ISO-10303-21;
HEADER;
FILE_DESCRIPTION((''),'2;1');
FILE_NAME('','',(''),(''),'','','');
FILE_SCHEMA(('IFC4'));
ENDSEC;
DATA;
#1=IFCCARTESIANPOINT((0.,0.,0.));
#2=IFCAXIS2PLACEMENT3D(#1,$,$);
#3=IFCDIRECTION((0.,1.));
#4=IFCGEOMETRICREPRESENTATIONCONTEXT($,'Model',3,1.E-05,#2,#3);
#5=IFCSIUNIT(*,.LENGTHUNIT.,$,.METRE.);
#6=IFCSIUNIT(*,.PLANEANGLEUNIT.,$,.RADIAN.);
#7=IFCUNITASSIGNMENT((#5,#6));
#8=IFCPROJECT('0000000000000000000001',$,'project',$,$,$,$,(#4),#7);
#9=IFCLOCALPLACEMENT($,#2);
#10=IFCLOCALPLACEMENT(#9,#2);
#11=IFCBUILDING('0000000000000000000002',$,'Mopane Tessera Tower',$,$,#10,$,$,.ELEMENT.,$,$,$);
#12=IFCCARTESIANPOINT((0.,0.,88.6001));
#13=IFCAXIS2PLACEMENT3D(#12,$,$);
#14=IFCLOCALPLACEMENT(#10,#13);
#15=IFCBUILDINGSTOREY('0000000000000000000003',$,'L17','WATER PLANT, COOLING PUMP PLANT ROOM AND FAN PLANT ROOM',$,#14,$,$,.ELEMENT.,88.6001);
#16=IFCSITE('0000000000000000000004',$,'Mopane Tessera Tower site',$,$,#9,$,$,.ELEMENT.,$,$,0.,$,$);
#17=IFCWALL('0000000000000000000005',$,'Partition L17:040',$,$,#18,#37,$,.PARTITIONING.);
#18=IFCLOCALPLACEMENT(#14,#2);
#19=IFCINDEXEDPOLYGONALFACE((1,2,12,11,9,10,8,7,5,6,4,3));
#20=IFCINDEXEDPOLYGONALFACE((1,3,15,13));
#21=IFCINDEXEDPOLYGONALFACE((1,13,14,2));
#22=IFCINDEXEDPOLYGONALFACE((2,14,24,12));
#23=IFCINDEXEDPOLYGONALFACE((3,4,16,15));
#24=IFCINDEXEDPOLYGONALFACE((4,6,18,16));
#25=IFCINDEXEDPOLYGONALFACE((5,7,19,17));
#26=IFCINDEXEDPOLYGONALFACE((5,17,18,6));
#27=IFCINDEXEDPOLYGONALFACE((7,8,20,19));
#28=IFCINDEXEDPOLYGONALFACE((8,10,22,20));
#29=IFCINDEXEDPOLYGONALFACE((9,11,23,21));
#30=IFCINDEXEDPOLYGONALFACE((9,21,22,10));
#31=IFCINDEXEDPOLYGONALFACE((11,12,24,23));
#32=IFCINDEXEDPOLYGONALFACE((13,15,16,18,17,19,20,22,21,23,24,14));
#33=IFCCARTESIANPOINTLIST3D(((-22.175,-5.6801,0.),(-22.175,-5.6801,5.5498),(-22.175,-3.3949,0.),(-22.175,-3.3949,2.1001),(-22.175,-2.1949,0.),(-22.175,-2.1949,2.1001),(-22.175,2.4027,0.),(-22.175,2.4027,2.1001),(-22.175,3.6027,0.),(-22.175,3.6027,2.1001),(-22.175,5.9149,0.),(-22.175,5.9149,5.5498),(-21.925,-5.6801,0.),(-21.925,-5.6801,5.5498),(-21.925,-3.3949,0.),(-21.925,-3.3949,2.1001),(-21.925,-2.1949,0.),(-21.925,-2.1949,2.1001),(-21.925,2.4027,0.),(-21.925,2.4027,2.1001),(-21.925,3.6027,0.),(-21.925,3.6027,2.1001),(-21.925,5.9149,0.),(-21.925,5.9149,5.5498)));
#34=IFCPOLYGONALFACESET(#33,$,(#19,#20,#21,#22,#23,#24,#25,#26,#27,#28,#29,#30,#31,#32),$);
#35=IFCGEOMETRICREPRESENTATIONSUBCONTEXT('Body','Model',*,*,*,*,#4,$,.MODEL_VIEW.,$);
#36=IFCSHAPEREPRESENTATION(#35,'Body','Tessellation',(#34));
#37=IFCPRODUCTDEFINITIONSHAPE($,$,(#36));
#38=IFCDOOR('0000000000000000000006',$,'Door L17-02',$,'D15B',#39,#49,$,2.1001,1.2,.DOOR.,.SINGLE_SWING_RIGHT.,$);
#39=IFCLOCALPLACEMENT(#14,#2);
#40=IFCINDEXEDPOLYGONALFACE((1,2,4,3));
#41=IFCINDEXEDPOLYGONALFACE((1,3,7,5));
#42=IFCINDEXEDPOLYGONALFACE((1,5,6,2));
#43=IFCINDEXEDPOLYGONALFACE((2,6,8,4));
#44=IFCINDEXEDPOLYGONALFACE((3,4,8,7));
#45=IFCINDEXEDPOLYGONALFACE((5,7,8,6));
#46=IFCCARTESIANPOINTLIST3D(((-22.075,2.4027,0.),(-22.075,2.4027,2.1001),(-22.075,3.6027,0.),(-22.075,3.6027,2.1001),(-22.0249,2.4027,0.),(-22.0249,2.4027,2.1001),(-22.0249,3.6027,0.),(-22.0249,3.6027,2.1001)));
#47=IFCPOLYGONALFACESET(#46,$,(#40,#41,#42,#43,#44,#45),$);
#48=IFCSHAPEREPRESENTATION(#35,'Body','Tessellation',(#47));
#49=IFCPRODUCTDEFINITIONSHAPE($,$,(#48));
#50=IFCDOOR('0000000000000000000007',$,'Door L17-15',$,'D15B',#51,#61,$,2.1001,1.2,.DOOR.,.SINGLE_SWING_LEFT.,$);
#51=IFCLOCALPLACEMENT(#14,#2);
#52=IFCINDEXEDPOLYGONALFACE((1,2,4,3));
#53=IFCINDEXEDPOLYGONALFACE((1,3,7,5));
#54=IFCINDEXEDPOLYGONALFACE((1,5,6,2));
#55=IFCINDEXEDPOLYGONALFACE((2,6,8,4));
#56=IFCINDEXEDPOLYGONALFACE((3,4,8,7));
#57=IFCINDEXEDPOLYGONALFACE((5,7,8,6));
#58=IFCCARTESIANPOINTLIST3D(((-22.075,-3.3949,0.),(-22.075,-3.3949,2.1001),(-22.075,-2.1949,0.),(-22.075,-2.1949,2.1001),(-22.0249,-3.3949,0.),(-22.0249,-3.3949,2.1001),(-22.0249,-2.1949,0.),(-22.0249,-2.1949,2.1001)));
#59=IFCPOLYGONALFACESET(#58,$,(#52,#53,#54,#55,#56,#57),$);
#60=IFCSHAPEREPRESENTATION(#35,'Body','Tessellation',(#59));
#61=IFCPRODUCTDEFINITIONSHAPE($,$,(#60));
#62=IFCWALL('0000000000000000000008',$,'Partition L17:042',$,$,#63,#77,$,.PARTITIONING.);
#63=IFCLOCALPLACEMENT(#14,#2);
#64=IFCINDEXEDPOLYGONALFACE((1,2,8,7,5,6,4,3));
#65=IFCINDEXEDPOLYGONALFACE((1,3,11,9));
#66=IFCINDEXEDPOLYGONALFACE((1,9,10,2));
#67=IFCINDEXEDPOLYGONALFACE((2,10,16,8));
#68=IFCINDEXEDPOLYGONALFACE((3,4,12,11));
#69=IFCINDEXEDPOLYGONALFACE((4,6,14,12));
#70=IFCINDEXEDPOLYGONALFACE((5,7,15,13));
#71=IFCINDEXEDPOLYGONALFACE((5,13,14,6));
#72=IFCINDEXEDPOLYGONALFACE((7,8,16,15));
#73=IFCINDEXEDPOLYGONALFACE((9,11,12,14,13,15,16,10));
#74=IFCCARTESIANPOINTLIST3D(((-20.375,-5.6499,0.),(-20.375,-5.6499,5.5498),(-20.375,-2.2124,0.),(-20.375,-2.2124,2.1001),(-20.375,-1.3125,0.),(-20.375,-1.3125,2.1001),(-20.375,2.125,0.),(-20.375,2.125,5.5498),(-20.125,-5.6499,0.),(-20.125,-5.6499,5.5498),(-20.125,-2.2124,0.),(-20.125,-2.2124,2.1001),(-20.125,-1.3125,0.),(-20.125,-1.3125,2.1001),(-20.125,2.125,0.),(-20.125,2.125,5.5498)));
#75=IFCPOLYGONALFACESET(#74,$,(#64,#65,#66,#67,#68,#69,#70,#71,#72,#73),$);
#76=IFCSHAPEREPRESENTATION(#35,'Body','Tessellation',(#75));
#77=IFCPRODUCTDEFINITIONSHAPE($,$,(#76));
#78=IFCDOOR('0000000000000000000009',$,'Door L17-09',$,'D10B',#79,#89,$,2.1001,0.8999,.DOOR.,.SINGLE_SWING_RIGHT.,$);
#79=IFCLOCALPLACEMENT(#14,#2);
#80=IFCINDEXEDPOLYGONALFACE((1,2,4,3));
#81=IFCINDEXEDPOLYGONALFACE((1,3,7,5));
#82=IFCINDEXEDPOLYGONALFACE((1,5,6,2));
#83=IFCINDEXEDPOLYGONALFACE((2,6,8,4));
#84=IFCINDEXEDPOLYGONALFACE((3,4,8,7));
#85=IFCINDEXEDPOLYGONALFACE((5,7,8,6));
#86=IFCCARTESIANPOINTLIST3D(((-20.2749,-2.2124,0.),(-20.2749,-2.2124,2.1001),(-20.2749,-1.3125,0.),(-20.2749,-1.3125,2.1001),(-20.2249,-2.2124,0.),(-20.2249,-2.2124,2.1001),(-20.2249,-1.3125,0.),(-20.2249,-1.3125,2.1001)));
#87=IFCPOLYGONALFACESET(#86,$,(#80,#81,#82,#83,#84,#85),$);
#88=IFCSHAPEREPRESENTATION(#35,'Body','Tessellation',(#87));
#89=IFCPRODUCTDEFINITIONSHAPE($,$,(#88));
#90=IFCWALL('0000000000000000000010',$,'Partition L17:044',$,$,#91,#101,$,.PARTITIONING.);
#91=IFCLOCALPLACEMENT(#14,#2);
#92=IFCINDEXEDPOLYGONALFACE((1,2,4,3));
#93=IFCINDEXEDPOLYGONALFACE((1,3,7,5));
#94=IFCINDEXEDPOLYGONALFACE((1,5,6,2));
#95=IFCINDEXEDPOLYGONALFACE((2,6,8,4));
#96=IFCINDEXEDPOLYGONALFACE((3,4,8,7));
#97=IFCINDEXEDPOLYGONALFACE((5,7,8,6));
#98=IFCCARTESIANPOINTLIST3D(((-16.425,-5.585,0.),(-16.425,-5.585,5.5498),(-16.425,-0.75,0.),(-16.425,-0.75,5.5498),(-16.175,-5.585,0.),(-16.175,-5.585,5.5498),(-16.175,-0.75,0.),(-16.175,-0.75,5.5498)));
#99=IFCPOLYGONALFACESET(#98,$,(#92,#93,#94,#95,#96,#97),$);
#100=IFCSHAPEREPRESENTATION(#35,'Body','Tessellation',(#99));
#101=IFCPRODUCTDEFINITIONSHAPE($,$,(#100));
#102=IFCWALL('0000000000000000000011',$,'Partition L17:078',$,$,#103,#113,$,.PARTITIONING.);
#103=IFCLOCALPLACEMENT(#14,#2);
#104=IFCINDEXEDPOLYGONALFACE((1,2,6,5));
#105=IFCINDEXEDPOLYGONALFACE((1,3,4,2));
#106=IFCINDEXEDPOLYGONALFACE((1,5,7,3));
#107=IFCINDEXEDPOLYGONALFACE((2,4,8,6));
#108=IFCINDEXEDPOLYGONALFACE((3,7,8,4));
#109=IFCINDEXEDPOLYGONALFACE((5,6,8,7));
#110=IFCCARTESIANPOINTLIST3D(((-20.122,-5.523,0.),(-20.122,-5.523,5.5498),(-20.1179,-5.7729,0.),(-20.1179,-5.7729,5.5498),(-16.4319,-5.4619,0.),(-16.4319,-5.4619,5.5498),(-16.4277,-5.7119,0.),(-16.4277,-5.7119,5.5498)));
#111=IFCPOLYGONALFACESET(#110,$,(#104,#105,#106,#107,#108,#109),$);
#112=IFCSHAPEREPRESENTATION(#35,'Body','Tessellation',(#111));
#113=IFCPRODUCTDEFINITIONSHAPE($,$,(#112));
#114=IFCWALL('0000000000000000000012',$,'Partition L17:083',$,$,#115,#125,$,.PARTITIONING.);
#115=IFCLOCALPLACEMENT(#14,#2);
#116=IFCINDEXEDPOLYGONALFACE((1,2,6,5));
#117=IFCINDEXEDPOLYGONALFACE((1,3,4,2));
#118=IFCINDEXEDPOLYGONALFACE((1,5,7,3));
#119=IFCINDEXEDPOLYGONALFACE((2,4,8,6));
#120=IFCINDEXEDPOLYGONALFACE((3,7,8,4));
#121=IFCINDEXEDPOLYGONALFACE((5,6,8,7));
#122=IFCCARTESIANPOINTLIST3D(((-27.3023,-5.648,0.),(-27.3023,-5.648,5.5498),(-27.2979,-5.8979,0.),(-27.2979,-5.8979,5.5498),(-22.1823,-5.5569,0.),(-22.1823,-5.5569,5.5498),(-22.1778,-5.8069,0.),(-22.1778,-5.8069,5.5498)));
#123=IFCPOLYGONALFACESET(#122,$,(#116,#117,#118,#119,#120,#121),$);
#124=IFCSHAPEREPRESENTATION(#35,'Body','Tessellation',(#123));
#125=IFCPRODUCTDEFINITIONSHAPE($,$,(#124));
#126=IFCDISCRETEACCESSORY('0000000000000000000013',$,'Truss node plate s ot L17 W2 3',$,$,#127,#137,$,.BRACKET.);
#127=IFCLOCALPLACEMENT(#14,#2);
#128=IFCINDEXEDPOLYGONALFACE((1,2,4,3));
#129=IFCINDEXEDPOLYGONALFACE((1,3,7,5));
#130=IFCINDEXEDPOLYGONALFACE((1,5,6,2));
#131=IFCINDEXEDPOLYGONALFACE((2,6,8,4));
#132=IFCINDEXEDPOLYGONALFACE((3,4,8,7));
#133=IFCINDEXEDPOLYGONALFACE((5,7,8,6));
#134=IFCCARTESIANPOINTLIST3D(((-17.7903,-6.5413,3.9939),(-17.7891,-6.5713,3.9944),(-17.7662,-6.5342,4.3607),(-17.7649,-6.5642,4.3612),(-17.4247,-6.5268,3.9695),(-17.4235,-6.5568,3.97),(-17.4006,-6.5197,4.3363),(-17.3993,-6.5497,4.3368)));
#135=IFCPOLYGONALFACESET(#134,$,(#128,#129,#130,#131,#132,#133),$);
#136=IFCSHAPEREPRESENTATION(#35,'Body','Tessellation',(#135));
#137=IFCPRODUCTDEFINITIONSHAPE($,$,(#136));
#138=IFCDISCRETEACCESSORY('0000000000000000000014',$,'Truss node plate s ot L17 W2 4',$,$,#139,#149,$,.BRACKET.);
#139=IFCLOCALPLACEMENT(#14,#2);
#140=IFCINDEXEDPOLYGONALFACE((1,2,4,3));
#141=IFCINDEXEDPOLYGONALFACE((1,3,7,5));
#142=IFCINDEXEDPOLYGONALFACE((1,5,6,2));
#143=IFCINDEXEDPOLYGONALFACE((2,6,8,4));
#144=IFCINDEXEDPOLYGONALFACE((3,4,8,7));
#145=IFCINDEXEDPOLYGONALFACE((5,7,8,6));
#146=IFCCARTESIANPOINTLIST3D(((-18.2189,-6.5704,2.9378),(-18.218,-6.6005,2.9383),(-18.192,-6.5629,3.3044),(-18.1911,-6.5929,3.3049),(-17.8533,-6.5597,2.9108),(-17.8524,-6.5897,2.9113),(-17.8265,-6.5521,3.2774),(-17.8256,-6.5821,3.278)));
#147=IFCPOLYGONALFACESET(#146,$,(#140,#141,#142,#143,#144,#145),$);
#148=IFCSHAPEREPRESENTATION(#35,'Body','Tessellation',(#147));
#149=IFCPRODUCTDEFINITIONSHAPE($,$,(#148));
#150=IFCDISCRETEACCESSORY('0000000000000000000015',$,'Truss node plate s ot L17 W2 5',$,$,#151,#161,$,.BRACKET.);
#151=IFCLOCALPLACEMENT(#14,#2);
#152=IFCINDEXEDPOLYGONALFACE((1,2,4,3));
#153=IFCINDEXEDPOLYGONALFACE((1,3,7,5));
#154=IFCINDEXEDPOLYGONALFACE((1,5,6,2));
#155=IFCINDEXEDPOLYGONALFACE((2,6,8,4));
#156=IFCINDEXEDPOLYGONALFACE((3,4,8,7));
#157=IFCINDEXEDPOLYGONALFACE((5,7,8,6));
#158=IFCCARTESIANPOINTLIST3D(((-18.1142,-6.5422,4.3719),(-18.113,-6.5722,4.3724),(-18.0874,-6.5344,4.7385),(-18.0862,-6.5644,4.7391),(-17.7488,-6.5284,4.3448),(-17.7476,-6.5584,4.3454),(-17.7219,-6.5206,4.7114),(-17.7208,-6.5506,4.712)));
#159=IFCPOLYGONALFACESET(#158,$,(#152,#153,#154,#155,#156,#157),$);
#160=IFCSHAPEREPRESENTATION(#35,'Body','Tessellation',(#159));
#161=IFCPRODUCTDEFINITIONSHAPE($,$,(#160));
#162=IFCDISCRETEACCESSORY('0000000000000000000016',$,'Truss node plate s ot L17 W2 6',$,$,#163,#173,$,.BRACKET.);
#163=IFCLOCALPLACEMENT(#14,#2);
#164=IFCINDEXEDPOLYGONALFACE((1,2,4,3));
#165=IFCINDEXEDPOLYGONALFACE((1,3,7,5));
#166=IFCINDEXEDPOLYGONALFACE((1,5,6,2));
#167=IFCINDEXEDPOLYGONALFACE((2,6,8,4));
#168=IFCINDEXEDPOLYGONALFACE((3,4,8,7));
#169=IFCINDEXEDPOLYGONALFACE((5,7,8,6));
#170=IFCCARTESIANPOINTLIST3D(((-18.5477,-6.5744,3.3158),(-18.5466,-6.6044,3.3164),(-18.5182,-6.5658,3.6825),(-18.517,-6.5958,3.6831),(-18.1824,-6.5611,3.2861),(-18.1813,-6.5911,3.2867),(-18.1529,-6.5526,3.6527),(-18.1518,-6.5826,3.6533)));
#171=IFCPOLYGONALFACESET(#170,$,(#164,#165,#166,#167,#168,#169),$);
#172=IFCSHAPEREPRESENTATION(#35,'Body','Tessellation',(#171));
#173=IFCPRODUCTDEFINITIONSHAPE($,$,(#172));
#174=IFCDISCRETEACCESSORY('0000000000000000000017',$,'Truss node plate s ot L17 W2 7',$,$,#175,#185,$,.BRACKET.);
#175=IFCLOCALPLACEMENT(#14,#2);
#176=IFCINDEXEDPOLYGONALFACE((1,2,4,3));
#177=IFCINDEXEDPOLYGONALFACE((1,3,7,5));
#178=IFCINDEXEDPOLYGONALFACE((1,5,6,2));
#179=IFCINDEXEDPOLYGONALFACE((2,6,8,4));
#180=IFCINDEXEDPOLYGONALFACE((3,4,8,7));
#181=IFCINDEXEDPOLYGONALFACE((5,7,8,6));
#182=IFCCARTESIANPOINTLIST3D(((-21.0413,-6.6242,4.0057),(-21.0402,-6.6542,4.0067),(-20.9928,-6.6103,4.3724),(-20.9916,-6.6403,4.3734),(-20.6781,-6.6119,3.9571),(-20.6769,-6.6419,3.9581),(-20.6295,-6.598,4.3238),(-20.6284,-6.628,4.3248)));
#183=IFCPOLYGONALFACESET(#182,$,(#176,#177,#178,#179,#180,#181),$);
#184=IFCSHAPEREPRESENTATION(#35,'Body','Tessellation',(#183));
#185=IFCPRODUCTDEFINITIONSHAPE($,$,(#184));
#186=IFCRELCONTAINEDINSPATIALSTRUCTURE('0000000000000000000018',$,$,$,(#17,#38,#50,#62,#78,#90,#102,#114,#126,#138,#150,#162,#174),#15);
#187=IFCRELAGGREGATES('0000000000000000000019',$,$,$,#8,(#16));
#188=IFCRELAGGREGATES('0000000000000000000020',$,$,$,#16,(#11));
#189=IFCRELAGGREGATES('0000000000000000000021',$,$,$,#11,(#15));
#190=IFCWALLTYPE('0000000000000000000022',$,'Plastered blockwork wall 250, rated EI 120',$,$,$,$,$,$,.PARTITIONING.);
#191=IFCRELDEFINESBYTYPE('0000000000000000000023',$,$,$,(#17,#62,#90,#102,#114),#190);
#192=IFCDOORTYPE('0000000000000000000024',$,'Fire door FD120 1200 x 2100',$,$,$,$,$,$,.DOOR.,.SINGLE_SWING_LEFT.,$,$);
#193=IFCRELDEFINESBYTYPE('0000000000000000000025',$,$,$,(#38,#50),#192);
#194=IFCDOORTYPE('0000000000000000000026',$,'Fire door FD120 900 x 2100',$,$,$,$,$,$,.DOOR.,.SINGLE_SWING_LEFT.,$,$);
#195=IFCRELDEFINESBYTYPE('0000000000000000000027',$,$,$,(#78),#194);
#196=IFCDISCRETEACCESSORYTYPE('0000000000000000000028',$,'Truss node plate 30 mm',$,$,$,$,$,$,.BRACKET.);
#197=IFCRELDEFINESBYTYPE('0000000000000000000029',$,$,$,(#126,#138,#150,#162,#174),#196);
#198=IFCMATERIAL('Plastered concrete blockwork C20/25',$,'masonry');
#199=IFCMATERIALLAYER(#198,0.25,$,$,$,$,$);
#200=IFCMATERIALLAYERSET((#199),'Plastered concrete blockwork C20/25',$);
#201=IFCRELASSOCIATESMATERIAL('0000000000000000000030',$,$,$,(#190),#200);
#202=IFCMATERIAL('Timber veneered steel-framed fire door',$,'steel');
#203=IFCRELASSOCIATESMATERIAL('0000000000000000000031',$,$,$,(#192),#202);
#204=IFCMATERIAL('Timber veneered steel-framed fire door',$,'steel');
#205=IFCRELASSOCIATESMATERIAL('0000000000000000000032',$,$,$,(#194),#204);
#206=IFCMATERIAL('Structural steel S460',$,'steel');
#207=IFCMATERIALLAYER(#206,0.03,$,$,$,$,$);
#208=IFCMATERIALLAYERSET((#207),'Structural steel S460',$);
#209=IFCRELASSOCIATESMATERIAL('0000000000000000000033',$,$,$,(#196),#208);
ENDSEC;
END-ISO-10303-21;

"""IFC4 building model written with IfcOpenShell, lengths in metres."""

from ifc_helpers import new_model, si_unit, direction, frame, frame_2d, origin, origin_2d, place, context, subcontext, project, spatial, rectangle, extrude, material, layer, layer_set, type_object, element, fill, save


model = new_model("IFC4")

# Units and contexts
model_context = context("Model", 3, precision=1e-05, world=origin(), true_north=direction((0.0, 1.0)))
body_context = subcontext(model_context, "Body", "Model", "MODEL_VIEW")
ifc_project = project(units=[si_unit("LENGTHUNIT", "METRE"), si_unit("PLANEANGLEUNIT", "RADIAN")], contexts=[model_context])

# Site, building, storey
site_placement = place(None, origin())
site = spatial("IfcSite", under=ifc_project, at=site_placement, Name="Mopane Tessera Tower site", CompositionType="ELEMENT", RefElevation=0.0)
building_placement = place(site_placement, origin())
building = spatial("IfcBuilding", under=site, at=building_placement, Name="Mopane Tessera Tower", CompositionType="ELEMENT")
storey_placement = place(building_placement, frame((0.0, 0.0, 88.6001)))
storey = spatial("IfcBuildingStorey", under=building, at=storey_placement, Name="L17", Description="WATER PLANT, COOLING PUMP PLANT ROOM AND FAN PLANT ROOM", CompositionType="ELEMENT", Elevation=88.6001)

# Shared definitions
ifc_material_1 = material(Name="Plastered concrete blockwork C20/25", Category="masonry")
ifc_layer_1 = layer(ifc_material_1, 0.25)
ifc_layer_set_1 = layer_set([ifc_layer_1], Name="Plastered concrete blockwork C20/25")
wall_type = type_object("IfcWallType", Name="Plastered blockwork wall 250, rated EI 120", PredefinedType="PARTITIONING", material=ifc_layer_set_1)

# Wall, openings, doors
wall_1_placement = place(storey_placement, frame((-22.05, -5.6799, 0.0), z_axis=(0.0, 0.0, 1.0), x_axis=(0.0, 1.0, 0.0)))
wall_1 = element("IfcWall", 1, at=wall_1_placement, inside=storey, type_object=wall_type, Name="Partition L17:040", PredefinedType="PARTITIONING", context=body_context, shape_type="SweptSolid", body=[
    extrude(rectangle(XDim=11.595, YDim=0.25, at=frame_2d((5.7974, 0.0))), origin(), (0.0, 0.0, 1.0), 5.5498),
])
opening_1_placement = place(wall_1_placement, frame((8.0825, 0.0, 0.0)))
opening_1 = element("IfcOpeningElement", 2, at=opening_1_placement, cuts=wall_1, PredefinedType="OPENING", context=body_context, shape_type="SweptSolid", body=[
    extrude(rectangle(XDim=1.2, YDim=2.1001, at=frame_2d((0.6001, 1.05))), frame((0.0, 0.137, 0.0), z_axis=(0.0, -1.0, 0.0), x_axis=(1.0, 0.0, 0.0)), (0.0, 0.0, 1.0), 0.2739),
])
opening_2_placement = place(wall_1_placement, frame((2.2849, 0.0, 0.0)))
opening_2 = element("IfcOpeningElement", 3, at=opening_2_placement, cuts=wall_1, PredefinedType="OPENING", context=body_context, shape_type="SweptSolid", body=[
    extrude(rectangle(XDim=1.2, YDim=2.1001, at=frame_2d((0.6001, 1.05))), frame((0.0, 0.137, 0.0), z_axis=(0.0, -1.0, 0.0), x_axis=(1.0, 0.0, 0.0)), (0.0, 0.0, 1.0), 0.2739),
])
ifc_material_2 = material(Name="Timber veneered steel-framed fire door", Category="steel")
door_type_1 = type_object("IfcDoorType", Name="Fire door FD120 1200 x 2100", OperationType="SINGLE_SWING_LEFT", PredefinedType="DOOR", material=ifc_material_2)
door_1_placement = place(opening_1_placement, origin())
door_1 = element("IfcDoor", 4, at=door_1_placement, inside=storey, type_object=door_type_1, Name="Door L17-02", ObjectType="D15B", OperationType="SINGLE_SWING_RIGHT", OverallHeight=2.1001, OverallWidth=1.2, PredefinedType="DOOR", context=body_context, shape_type="SweptSolid", body=[
    extrude(rectangle(XDim=1.2, YDim=2.1001, at=frame_2d((0.6001, 1.05))), frame((0.0, 0.0249, 0.0), z_axis=(0.0, -1.0, 0.0), x_axis=(1.0, 0.0, 0.0)), (0.0, 0.0, 1.0), 0.05),
])
fill(opening_1, door_1)
door_2_placement = place(opening_2_placement, origin())
door_2 = element("IfcDoor", 5, at=door_2_placement, inside=storey, type_object=door_type_1, Name="Door L17-15", ObjectType="D15B", OperationType="SINGLE_SWING_LEFT", OverallHeight=2.1001, OverallWidth=1.2, PredefinedType="DOOR", context=body_context, shape_type="SweptSolid", body=[
    extrude(rectangle(XDim=1.2, YDim=2.1001, at=frame_2d((0.6001, 1.05))), frame((0.0, 0.0249, 0.0), z_axis=(0.0, -1.0, 0.0), x_axis=(1.0, 0.0, 0.0)), (0.0, 0.0, 1.0), 0.05),
])
fill(opening_2, door_2)

# Wall, opening, door
wall_2_placement = place(storey_placement, frame((-20.25, -5.6499, 0.0), z_axis=(0.0, 0.0, 1.0), x_axis=(0.0, 1.0, 0.0)))
wall_2 = element("IfcWall", 6, at=wall_2_placement, inside=storey, type_object=wall_type, Name="Partition L17:042", PredefinedType="PARTITIONING", context=body_context, shape_type="SweptSolid", body=[
    extrude(rectangle(XDim=7.7749, YDim=0.25, at=frame_2d((3.8875, 0.0))), origin(), (0.0, 0.0, 1.0), 5.5498),
])
opening_3_placement = place(wall_2_placement, frame((3.4375, 0.0, 0.0)))
opening_3 = element("IfcOpeningElement", 7, at=opening_3_placement, cuts=wall_2, PredefinedType="OPENING", context=body_context, shape_type="SweptSolid", body=[
    extrude(rectangle(XDim=0.8999, YDim=2.1001, at=frame_2d((0.45, 1.05))), frame((0.0, 0.137, 0.0), z_axis=(0.0, -1.0, 0.0), x_axis=(1.0, 0.0, 0.0)), (0.0, 0.0, 1.0), 0.2739),
])
ifc_material_3 = material(Name="Timber veneered steel-framed fire door", Category="steel")
door_type_2 = type_object("IfcDoorType", Name="Fire door FD120 900 x 2100", OperationType="SINGLE_SWING_LEFT", PredefinedType="DOOR", material=ifc_material_3)
door_3_placement = place(opening_3_placement, origin())
door_3 = element("IfcDoor", 8, at=door_3_placement, inside=storey, type_object=door_type_2, Name="Door L17-09", ObjectType="D10B", OperationType="SINGLE_SWING_RIGHT", OverallHeight=2.1001, OverallWidth=0.8999, PredefinedType="DOOR", context=body_context, shape_type="SweptSolid", body=[
    extrude(rectangle(XDim=0.8999, YDim=2.1001, at=frame_2d((0.45, 1.05))), frame((0.0, 0.0249, 0.0), z_axis=(0.0, -1.0, 0.0), x_axis=(1.0, 0.0, 0.0)), (0.0, 0.0, 1.0), 0.05),
])
fill(opening_3, door_3)

# Walls
wall_3_placement = place(storey_placement, frame((-16.3, -5.585, 0.0), z_axis=(0.0, 0.0, 1.0), x_axis=(0.0, 1.0, 0.0)))
element("IfcWall", 9, at=wall_3_placement, inside=storey, type_object=wall_type, Name="Partition L17:044", PredefinedType="PARTITIONING", context=body_context, shape_type="SweptSolid", body=[
    extrude(rectangle(XDim=4.835, YDim=0.25, at=frame_2d((2.4175, 0.0))), origin(), (0.0, 0.0, 1.0), 5.5498),
])
wall_4_placement = place(storey_placement, frame((-16.4299, -5.5869, 0.0), z_axis=(0.0, 0.0, 1.0), x_axis=(-0.999863, -0.016538, 0.0)))
element("IfcWall", 10, at=wall_4_placement, inside=storey, type_object=wall_type, Name="Partition L17:078", PredefinedType="PARTITIONING", context=body_context, shape_type="SweptSolid", body=[
    extrude(rectangle(XDim=3.6907, YDim=0.25, at=frame_2d((1.8452, 0.0))), origin(), (0.0, 0.0, 1.0), 5.5498),
])
wall_5_placement = place(storey_placement, frame((-22.1799, -5.6819, 0.0), z_axis=(0.0, 0.0, 1.0), x_axis=(-0.999842, -0.017783, 0.0)))
element("IfcWall", 11, at=wall_5_placement, inside=storey, type_object=wall_type, Name="Partition L17:083", PredefinedType="PARTITIONING", context=body_context, shape_type="SweptSolid", body=[
    extrude(rectangle(XDim=5.1208, YDim=0.25, at=frame_2d((2.5605, 0.0))), origin(), (0.0, 0.0, 1.0), 5.5498),
])

# Discrete accessories
ifc_material_4 = material(Name="Structural steel S460", Category="steel")
ifc_layer_2 = layer(ifc_material_4, 0.03)
ifc_layer_set_2 = layer_set([ifc_layer_2], Name="Structural steel S460")
discrete_accessory_type = type_object("IfcDiscreteAccessoryType", Name="Truss node plate 30 mm", PredefinedType="BRACKET", material=ifc_layer_set_2)
for number, where, z_axis, x_axis, name in (
    (12, (-17.6069, -6.5491, 3.9819), (0.065757, 0.019262, 0.99765), (0.040722, -0.999033, 0.016605), "Truss node plate s ot L17 W2 3"),
    (13, (-18.0356, -6.5801, 2.9246), (0.073025, 0.02058, 0.997118), (0.030716, -0.999359, 0.018376), "Truss node plate s ot L17 W2 4"),
    (14, (-17.9309, -6.5503, 4.3586), (0.073024, 0.021243, 0.997104), (0.039115, -0.999065, 0.01842), "Truss node plate s ot L17 W2 5"),
):
    element("IfcDiscreteAccessory", number, at=place(storey_placement, frame(where, z_axis=z_axis, x_axis=x_axis)), inside=storey, type_object=discrete_accessory_type, Name=name, PredefinedType="BRACKET", context=body_context, shape_type="SweptSolid", body=[
        extrude(rectangle(XDim=0.03, YDim=0.3667, at=origin_2d()), origin(), (0.0, 0.0, 1.0), 0.3677),
    ])
discrete_accessory_1_placement = place(storey_placement, frame((-18.3645, -6.5828, 3.3013), z_axis=(0.080277, 0.023221, 0.996502), x_axis=(0.037871, -0.999078, 0.02023)))
element("IfcDiscreteAccessory", 15, at=discrete_accessory_1_placement, inside=storey, type_object=discrete_accessory_type, Name="Truss node plate s ot L17 W2 6", PredefinedType="BRACKET", context=body_context, shape_type="SweptSolid", body=[
    extrude(rectangle(XDim=0.03, YDim=0.3667, at=origin_2d()), origin(), (0.0, 0.0, 1.0), 0.3679),
])
discrete_accessory_2_placement = place(storey_placement, frame((-20.8591, -6.6331, 3.9819), z_axis=(0.131249, 0.037594, 0.990636), x_axis=(0.038006, -0.998737, 0.032866)))
element("IfcDiscreteAccessory", 16, at=discrete_accessory_2_placement, inside=storey, type_object=discrete_accessory_type, Name="Truss node plate s ot L17 W2 7", PredefinedType="BRACKET", context=body_context, shape_type="SweptSolid", body=[
    extrude(rectangle(XDim=0.03, YDim=0.3667, at=origin_2d()), origin(), (0.0, 0.0, 1.0), 0.3701),
])

save(model, "model.ifc")
